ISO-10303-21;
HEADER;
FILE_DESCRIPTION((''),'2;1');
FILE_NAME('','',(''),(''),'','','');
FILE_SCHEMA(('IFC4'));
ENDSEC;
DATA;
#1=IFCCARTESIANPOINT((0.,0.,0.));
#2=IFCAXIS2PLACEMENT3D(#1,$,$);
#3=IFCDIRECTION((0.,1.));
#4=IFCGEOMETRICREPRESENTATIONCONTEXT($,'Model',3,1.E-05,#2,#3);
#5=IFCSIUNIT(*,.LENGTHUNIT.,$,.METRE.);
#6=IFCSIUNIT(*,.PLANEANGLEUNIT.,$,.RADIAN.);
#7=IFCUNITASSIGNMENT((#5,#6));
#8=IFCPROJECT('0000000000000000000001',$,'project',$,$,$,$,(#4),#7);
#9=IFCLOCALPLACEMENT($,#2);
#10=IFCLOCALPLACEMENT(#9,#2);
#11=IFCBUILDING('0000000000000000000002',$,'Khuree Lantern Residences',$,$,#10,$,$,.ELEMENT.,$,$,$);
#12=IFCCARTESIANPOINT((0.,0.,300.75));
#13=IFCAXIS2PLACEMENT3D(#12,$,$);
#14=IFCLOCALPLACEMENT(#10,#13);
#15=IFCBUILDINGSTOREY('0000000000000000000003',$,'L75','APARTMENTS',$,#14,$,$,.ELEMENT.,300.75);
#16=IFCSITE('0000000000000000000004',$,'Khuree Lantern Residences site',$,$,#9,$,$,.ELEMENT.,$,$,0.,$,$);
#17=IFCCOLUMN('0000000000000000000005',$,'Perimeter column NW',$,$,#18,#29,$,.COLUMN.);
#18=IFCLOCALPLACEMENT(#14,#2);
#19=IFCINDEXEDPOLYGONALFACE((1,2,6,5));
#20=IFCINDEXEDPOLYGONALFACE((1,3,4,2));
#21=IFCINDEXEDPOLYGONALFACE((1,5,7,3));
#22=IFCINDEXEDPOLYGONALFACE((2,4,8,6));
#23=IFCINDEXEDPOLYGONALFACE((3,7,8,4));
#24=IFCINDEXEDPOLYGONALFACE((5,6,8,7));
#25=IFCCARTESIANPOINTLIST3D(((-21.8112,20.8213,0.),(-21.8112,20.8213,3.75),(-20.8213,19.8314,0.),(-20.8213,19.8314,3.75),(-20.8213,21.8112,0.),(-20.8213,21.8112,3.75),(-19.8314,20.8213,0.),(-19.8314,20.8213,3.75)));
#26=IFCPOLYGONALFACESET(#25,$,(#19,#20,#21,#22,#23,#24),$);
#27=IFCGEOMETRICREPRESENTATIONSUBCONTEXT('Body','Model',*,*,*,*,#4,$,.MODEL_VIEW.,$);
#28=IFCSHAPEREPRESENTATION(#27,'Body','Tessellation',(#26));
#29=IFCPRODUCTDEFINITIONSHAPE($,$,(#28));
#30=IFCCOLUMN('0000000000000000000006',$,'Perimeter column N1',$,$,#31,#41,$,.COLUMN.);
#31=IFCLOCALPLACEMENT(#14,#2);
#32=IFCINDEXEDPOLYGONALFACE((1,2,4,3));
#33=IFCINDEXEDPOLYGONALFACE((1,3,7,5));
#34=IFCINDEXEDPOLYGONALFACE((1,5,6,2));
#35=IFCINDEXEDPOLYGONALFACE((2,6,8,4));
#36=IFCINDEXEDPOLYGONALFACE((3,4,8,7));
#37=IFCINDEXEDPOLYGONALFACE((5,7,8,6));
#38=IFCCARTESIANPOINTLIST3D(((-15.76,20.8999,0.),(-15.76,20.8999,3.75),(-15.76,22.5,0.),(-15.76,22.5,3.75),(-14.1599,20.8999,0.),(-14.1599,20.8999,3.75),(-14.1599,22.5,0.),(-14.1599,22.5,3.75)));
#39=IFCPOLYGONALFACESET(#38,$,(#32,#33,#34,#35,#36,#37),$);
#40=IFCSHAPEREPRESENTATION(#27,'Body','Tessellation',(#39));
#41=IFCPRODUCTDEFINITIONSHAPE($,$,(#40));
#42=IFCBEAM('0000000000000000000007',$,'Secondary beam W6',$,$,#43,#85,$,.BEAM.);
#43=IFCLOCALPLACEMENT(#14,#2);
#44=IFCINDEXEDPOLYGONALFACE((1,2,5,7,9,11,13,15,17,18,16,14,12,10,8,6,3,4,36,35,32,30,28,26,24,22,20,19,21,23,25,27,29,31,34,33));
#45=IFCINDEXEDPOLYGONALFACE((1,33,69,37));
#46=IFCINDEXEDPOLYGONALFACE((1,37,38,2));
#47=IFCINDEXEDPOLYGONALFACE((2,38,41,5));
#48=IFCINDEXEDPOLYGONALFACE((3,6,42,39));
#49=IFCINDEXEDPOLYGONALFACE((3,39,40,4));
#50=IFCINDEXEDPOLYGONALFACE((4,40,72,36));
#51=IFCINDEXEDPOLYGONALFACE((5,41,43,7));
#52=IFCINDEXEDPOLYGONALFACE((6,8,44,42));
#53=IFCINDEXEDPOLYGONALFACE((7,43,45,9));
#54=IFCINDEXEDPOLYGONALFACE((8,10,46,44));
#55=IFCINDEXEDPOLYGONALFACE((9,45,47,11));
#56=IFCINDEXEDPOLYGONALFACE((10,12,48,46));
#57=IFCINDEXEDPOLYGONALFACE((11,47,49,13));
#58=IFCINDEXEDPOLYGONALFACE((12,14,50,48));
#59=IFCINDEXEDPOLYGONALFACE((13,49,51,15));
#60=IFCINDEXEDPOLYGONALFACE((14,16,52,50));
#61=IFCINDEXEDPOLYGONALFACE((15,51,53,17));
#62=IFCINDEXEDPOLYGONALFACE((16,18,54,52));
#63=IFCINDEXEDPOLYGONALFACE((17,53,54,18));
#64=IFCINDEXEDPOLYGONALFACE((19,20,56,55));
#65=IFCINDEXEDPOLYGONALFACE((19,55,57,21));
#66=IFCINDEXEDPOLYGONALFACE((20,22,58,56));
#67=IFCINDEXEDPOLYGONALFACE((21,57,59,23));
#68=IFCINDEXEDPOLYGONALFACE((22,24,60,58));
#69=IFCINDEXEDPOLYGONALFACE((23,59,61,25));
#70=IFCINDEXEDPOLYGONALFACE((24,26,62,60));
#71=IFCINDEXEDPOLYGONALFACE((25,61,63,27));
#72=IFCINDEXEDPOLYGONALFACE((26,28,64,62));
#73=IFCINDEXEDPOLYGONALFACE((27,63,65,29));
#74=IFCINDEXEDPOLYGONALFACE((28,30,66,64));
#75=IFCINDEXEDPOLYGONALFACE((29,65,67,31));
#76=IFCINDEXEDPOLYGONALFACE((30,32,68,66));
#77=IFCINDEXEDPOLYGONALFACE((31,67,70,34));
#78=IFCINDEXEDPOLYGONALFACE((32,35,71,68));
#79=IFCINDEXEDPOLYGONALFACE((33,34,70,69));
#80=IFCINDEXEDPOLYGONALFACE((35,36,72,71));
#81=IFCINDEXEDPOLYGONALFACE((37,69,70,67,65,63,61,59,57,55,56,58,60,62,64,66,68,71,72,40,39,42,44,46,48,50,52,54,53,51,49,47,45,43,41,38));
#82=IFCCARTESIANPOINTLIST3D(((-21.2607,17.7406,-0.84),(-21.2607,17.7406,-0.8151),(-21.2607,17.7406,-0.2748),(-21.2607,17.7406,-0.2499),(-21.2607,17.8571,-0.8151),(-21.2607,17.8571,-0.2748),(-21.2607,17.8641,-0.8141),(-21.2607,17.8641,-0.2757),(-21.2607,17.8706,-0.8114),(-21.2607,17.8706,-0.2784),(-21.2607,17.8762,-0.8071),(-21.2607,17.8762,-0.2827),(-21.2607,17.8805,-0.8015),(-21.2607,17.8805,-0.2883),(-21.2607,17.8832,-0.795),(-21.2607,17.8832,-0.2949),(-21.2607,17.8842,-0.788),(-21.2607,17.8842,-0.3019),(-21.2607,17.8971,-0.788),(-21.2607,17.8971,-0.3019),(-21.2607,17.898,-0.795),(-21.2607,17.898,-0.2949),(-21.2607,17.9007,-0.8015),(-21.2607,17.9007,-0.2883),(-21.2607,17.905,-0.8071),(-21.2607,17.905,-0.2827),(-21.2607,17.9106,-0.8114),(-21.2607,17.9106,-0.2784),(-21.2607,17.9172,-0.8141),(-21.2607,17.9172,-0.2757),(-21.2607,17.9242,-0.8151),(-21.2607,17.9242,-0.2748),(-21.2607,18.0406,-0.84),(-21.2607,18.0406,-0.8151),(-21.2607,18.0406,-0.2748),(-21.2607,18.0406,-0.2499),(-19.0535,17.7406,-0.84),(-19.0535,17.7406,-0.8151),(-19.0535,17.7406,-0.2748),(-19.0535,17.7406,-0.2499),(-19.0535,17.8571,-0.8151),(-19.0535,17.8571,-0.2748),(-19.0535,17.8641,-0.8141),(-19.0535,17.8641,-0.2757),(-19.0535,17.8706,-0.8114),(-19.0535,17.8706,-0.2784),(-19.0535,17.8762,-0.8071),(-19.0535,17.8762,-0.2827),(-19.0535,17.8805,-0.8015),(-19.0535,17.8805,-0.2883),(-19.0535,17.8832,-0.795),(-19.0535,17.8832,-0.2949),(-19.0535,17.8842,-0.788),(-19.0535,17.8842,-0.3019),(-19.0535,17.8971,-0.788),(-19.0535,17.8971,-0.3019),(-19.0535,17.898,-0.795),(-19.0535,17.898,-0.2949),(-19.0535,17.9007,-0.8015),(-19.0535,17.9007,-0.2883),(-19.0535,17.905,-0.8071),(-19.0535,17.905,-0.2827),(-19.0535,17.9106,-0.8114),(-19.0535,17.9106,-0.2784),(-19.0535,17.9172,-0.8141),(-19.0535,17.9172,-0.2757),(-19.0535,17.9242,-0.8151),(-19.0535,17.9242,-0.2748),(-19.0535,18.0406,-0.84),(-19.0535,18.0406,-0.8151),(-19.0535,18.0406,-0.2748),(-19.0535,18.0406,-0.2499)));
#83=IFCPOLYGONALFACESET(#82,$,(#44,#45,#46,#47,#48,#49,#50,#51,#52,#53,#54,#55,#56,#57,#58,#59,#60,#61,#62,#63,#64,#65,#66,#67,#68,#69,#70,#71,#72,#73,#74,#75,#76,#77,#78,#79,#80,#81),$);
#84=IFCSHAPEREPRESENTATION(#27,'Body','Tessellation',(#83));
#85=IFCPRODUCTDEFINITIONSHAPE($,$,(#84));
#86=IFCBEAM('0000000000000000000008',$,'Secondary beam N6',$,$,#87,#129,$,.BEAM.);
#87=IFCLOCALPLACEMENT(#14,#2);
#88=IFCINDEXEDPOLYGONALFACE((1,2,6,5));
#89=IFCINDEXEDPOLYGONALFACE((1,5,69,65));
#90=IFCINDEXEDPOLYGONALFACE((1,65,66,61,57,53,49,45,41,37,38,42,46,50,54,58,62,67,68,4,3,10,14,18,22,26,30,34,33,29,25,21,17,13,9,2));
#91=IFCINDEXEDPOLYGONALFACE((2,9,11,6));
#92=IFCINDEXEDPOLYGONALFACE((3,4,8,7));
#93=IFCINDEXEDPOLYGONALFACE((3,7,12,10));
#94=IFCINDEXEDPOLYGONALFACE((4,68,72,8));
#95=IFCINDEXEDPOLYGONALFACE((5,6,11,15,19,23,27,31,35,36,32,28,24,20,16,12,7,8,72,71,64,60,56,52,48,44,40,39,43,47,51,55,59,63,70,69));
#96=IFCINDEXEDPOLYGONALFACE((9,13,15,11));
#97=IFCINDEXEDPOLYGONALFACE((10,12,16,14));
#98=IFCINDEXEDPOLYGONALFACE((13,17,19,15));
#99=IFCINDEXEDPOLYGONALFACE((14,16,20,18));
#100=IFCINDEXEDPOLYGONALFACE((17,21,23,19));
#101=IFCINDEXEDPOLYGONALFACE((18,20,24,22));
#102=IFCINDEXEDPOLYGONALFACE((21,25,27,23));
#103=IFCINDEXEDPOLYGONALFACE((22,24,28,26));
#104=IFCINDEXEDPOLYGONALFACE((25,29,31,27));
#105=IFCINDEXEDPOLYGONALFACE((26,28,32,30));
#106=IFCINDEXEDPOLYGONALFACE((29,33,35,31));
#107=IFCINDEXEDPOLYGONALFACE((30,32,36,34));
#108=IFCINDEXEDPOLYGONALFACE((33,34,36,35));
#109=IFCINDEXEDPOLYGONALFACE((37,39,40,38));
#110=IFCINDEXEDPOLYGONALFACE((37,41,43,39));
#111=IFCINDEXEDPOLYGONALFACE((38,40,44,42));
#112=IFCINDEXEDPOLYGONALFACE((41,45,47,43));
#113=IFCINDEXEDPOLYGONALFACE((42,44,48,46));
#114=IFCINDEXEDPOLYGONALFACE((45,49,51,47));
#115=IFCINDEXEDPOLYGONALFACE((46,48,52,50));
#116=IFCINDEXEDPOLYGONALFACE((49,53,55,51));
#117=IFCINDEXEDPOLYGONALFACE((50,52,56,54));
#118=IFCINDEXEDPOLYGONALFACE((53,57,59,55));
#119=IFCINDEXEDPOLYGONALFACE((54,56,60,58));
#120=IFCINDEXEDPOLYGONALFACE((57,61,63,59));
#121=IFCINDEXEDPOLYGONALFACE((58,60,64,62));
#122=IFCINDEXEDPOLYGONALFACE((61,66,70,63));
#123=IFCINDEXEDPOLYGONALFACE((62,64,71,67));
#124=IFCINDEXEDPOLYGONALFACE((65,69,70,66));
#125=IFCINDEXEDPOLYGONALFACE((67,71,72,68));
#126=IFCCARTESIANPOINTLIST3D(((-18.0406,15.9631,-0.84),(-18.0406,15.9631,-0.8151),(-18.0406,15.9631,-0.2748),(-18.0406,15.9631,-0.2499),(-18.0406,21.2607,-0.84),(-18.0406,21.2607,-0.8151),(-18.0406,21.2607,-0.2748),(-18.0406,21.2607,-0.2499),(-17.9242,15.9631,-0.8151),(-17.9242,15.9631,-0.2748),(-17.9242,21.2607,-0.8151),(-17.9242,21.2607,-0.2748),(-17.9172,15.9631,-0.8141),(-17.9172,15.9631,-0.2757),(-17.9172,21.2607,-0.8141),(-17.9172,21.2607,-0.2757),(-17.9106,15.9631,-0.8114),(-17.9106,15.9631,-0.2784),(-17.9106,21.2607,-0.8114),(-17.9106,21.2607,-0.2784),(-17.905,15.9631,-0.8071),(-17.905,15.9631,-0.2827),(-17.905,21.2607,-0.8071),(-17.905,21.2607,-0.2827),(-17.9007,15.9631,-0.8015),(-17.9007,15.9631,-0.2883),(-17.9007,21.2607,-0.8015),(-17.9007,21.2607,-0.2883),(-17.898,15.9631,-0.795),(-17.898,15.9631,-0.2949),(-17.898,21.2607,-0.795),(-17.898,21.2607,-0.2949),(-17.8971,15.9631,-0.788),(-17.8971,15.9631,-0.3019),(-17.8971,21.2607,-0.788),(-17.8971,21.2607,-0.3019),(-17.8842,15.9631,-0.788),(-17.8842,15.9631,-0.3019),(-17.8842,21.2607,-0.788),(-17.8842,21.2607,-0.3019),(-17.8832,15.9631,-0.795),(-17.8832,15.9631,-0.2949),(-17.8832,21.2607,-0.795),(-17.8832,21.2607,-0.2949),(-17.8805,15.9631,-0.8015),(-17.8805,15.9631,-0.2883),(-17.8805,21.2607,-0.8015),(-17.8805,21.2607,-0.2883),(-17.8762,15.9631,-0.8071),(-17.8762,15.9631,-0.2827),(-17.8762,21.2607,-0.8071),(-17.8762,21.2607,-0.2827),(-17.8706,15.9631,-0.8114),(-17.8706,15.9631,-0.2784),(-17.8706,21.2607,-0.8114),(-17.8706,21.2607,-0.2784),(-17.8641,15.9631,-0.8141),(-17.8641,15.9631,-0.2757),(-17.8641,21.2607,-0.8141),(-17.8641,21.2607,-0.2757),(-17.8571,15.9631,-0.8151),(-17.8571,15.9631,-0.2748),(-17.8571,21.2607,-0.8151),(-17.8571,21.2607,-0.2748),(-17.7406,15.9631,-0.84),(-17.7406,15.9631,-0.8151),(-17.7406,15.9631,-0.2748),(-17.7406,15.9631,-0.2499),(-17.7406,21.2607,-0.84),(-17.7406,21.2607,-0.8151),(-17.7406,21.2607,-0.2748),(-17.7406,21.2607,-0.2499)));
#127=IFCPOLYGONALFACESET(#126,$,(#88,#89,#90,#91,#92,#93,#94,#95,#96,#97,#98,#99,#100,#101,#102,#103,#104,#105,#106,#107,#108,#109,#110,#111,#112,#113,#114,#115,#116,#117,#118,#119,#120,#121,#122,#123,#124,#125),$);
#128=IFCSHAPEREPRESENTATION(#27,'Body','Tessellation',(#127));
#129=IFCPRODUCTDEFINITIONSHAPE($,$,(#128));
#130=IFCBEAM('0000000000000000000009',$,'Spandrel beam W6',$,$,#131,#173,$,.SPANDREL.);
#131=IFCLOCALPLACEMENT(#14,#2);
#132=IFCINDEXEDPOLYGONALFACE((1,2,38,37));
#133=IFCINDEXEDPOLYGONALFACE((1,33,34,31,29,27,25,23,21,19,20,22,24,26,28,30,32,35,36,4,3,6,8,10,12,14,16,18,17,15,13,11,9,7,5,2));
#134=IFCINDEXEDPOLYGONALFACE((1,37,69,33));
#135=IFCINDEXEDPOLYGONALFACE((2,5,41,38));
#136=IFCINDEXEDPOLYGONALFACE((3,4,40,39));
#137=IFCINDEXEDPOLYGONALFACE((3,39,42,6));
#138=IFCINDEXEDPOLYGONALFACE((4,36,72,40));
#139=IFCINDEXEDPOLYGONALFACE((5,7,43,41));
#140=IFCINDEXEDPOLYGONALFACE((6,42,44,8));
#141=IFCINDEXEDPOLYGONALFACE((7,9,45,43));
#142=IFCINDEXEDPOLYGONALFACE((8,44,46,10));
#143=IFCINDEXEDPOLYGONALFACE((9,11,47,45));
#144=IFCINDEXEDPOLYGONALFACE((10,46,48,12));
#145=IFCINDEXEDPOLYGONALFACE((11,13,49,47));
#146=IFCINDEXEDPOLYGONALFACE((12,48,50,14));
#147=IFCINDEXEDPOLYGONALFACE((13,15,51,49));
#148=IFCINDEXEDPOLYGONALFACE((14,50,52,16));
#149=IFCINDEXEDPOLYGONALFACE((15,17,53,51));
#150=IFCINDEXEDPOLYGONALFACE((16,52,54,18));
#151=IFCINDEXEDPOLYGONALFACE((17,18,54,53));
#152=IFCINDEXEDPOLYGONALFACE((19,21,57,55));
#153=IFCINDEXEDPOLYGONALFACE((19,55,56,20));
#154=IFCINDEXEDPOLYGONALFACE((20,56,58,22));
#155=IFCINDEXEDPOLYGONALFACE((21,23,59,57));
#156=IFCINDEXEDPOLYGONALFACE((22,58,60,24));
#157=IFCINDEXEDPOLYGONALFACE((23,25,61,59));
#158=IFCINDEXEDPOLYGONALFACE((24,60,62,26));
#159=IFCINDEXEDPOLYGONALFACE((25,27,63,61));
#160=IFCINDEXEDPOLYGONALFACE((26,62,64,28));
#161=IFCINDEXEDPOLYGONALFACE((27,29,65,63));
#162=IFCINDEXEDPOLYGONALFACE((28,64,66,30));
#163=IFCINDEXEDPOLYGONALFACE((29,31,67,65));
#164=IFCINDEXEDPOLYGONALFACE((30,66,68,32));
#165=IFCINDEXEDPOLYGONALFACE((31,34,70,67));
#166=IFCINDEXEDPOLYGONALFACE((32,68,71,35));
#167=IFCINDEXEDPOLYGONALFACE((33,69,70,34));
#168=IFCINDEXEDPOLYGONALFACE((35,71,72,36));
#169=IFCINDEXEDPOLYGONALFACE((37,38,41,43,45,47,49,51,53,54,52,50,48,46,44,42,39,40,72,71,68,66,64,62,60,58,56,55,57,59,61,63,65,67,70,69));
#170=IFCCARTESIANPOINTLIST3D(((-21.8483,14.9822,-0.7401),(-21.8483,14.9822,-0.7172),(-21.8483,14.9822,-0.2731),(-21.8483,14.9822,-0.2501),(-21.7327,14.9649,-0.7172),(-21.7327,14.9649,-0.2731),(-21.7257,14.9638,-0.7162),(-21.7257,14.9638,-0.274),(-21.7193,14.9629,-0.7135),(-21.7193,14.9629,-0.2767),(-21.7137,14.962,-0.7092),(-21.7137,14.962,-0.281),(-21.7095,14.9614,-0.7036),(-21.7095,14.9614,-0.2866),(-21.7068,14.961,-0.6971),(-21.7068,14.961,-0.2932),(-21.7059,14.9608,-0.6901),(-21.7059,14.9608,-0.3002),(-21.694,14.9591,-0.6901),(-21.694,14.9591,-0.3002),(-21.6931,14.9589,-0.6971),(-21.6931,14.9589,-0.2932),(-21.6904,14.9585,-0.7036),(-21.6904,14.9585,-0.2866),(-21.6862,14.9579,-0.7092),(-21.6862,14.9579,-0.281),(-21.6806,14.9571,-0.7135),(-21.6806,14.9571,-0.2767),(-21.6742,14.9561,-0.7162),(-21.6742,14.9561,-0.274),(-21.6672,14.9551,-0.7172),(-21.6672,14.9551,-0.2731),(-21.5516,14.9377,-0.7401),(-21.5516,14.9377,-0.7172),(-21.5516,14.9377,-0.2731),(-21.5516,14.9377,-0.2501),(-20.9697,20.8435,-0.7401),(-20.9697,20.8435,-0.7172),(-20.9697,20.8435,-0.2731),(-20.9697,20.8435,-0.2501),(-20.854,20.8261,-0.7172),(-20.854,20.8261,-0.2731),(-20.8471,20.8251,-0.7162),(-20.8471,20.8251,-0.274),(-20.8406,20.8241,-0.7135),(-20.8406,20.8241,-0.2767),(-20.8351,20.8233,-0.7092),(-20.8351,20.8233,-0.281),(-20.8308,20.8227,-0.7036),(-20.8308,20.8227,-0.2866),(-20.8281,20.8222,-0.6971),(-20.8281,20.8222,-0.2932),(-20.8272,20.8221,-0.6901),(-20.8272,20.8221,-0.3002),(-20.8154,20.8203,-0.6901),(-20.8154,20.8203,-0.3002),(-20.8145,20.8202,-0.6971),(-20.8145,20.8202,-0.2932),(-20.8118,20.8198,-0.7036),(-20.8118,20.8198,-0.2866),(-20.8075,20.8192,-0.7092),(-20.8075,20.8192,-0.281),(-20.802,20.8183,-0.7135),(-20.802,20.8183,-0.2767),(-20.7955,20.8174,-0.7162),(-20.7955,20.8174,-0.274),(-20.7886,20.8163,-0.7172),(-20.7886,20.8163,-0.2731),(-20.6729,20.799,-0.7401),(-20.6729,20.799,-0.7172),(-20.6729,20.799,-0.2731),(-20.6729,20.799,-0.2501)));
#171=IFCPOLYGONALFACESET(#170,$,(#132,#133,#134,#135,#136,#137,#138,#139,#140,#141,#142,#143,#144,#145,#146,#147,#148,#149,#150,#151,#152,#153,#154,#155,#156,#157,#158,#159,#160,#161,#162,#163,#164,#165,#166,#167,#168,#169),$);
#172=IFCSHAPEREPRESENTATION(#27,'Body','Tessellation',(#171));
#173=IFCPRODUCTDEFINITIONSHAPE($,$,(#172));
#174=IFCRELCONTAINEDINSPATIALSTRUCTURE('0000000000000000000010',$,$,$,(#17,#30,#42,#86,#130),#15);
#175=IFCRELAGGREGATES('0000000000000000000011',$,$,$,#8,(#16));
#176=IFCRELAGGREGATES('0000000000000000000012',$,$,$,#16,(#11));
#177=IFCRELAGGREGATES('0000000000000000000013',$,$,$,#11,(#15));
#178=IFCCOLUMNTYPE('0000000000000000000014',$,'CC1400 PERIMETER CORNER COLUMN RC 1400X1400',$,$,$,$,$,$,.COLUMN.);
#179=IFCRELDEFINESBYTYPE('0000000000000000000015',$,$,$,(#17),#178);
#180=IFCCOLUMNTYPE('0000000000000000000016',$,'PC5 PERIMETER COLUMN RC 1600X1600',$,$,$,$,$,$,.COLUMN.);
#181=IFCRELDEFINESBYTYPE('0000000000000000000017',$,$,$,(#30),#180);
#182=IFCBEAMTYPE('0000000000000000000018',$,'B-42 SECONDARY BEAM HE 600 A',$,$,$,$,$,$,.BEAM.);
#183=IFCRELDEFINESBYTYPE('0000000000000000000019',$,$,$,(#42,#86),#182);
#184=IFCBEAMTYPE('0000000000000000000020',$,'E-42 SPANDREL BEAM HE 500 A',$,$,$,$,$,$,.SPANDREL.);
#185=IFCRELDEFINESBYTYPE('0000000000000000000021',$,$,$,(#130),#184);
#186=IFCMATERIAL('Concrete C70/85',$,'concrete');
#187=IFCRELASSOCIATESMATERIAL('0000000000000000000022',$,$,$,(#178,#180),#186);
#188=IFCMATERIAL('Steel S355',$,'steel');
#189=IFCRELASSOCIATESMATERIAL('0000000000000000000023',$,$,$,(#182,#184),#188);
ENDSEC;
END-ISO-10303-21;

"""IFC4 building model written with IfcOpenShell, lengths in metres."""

from ifc_helpers import new_model, si_unit, direction, frame, origin, origin_2d, place, context, subcontext, project, spatial, rectangle, i_section, extrude, material, material_profile, profile_set, type_object, element, save


model = new_model("IFC4")

# Units and contexts
model_context = context("Model", 3, precision=1e-05, world=origin(), true_north=direction((0.0, 1.0)))
body_context = subcontext(model_context, "Body", "Model", "MODEL_VIEW")
ifc_project = project(units=[si_unit("LENGTHUNIT", "METRE"), si_unit("PLANEANGLEUNIT", "RADIAN")], contexts=[model_context])

# Site, building, storey
site_placement = place(None, origin())
site = spatial("IfcSite", under=ifc_project, at=site_placement, Name="Khuree Lantern Residences site", CompositionType="ELEMENT", RefElevation=0.0)
building_placement = place(site_placement, origin())
building = spatial("IfcBuilding", under=site, at=building_placement, Name="Khuree Lantern Residences", CompositionType="ELEMENT")
storey_placement = place(building_placement, frame((0.0, 0.0, 300.75)))
storey = spatial("IfcBuildingStorey", under=building, at=storey_placement, Name="L75", Description="APARTMENTS", CompositionType="ELEMENT", Elevation=300.75)

# Columns
ifc_material_1 = material(Name="Concrete C70/85", Category="concrete")
ifc_material_profile_1 = material_profile(ifc_material_1, rectangle(XDim=1.3999, YDim=1.3999, at=origin_2d()), Name="RC 1400X1400")
ifc_profile_set_1 = profile_set([ifc_material_profile_1], Name="Concrete C70/85")
column_type_1 = type_object("IfcColumnType", Name="CC1400 PERIMETER CORNER COLUMN RC 1400X1400", PredefinedType="COLUMN", material=ifc_profile_set_1)
column_1_placement = place(storey_placement, frame((-20.8213, 20.8213, 0.0), z_axis=(0.0, 0.0, 1.0), x_axis=(0.707107, 0.707107, 0.0)))
element("IfcColumn", 1, at=column_1_placement, inside=storey, type_object=column_type_1, Name="Perimeter column NW", PredefinedType="COLUMN", context=body_context, shape_type="SweptSolid", body=[
    extrude(rectangle(XDim=1.3999, YDim=1.3999, at=origin_2d()), origin(), (0.0, 0.0, 1.0), 3.75),
])
ifc_material_profile_2 = material_profile(ifc_material_1, rectangle(XDim=1.6001, YDim=1.6001, at=origin_2d()), Name="RC 1600X1600")
ifc_profile_set_2 = profile_set([ifc_material_profile_2], Name="Concrete C70/85")
column_type_2 = type_object("IfcColumnType", Name="PC5 PERIMETER COLUMN RC 1600X1600", PredefinedType="COLUMN", material=ifc_profile_set_2)
column_2_placement = place(storey_placement, frame((-14.96, 21.7, 0.0), z_axis=(0.0, 0.0, 1.0), x_axis=(1.0, 0.0, 0.0)))
element("IfcColumn", 2, at=column_2_placement, inside=storey, type_object=column_type_2, Name="Perimeter column N1", PredefinedType="COLUMN", context=body_context, shape_type="SweptSolid", body=[
    extrude(rectangle(XDim=1.6001, YDim=1.6001, at=origin_2d()), origin(), (0.0, 0.0, 1.0), 3.75),
])

# Beams
ifc_material_2 = material(Name="Steel S355", Category="steel")
ifc_material_profile_3 = material_profile(ifc_material_2, i_section(OverallWidth=0.3, OverallDepth=0.5901, WebThickness=0.0129, FlangeThickness=0.0249, FilletRadius=0.0271, at=origin_2d()), Name="HE 600 A")
ifc_profile_set_3 = profile_set([ifc_material_profile_3], Name="Steel S355")
beam_type_1 = type_object("IfcBeamType", Name="B-42 SECONDARY BEAM HE 600 A", PredefinedType="BEAM", material=ifc_profile_set_3)
beam_1_placement = place(storey_placement, frame((-21.2607, 17.8906, -0.5449), z_axis=(1.0, 0.0, 0.0), x_axis=(0.0, 1.0, 0.0)))
element("IfcBeam", 3, at=beam_1_placement, inside=storey, type_object=beam_type_1, Name="Secondary beam W6", PredefinedType="BEAM", context=body_context, shape_type="SweptSolid", body=[
    extrude(i_section(OverallWidth=0.3, OverallDepth=0.5901, WebThickness=0.0129, FlangeThickness=0.0249, FilletRadius=0.0271, at=origin_2d()), origin(), (0.0, 0.0, 1.0), 2.2073),
])
beam_2_placement = place(storey_placement, frame((-17.8906, 21.2607, -0.5449), z_axis=(0.0, -1.0, 0.0), x_axis=(1.0, 0.0, 0.0)))
element("IfcBeam", 4, at=beam_2_placement, inside=storey, type_object=beam_type_1, Name="Secondary beam N6", PredefinedType="BEAM", context=body_context, shape_type="SweptSolid", body=[
    extrude(i_section(OverallWidth=0.3, OverallDepth=0.5901, WebThickness=0.0129, FlangeThickness=0.0249, FilletRadius=0.0271, at=origin_2d()), origin(), (0.0, 0.0, 1.0), 5.2976),
])
ifc_material_profile_4 = material_profile(ifc_material_2, i_section(OverallWidth=0.3, OverallDepth=0.49, WebThickness=0.012, FlangeThickness=0.0229, FilletRadius=0.0271, at=origin_2d()), Name="HE 500 A")
ifc_profile_set_4 = profile_set([ifc_material_profile_4], Name="Steel S355")
beam_type_2 = type_object("IfcBeamType", Name="E-42 SPANDREL BEAM HE 500 A", PredefinedType="SPANDREL", material=ifc_profile_set_4)
for number, where, z_axis, x_axis, name in (
    (5, (-21.7, 14.96, -0.4951), (0.148252, 0.98895, 0.0), (-0.98895, 0.148252, 0.0), "Spandrel beam W6"),
):
    element("IfcBeam", number, at=place(storey_placement, frame(where, z_axis=z_axis, x_axis=x_axis)), inside=storey, type_object=beam_type_2, Name=name, PredefinedType="SPANDREL", context=body_context, shape_type="SweptSolid", body=[
        extrude(i_section(OverallWidth=0.3, OverallDepth=0.49, WebThickness=0.012, FlangeThickness=0.0229, FilletRadius=0.0271, at=origin_2d()), origin(), (0.0, 0.0, 1.0), 5.9268),
    ])

save(model, "model.ifc")
